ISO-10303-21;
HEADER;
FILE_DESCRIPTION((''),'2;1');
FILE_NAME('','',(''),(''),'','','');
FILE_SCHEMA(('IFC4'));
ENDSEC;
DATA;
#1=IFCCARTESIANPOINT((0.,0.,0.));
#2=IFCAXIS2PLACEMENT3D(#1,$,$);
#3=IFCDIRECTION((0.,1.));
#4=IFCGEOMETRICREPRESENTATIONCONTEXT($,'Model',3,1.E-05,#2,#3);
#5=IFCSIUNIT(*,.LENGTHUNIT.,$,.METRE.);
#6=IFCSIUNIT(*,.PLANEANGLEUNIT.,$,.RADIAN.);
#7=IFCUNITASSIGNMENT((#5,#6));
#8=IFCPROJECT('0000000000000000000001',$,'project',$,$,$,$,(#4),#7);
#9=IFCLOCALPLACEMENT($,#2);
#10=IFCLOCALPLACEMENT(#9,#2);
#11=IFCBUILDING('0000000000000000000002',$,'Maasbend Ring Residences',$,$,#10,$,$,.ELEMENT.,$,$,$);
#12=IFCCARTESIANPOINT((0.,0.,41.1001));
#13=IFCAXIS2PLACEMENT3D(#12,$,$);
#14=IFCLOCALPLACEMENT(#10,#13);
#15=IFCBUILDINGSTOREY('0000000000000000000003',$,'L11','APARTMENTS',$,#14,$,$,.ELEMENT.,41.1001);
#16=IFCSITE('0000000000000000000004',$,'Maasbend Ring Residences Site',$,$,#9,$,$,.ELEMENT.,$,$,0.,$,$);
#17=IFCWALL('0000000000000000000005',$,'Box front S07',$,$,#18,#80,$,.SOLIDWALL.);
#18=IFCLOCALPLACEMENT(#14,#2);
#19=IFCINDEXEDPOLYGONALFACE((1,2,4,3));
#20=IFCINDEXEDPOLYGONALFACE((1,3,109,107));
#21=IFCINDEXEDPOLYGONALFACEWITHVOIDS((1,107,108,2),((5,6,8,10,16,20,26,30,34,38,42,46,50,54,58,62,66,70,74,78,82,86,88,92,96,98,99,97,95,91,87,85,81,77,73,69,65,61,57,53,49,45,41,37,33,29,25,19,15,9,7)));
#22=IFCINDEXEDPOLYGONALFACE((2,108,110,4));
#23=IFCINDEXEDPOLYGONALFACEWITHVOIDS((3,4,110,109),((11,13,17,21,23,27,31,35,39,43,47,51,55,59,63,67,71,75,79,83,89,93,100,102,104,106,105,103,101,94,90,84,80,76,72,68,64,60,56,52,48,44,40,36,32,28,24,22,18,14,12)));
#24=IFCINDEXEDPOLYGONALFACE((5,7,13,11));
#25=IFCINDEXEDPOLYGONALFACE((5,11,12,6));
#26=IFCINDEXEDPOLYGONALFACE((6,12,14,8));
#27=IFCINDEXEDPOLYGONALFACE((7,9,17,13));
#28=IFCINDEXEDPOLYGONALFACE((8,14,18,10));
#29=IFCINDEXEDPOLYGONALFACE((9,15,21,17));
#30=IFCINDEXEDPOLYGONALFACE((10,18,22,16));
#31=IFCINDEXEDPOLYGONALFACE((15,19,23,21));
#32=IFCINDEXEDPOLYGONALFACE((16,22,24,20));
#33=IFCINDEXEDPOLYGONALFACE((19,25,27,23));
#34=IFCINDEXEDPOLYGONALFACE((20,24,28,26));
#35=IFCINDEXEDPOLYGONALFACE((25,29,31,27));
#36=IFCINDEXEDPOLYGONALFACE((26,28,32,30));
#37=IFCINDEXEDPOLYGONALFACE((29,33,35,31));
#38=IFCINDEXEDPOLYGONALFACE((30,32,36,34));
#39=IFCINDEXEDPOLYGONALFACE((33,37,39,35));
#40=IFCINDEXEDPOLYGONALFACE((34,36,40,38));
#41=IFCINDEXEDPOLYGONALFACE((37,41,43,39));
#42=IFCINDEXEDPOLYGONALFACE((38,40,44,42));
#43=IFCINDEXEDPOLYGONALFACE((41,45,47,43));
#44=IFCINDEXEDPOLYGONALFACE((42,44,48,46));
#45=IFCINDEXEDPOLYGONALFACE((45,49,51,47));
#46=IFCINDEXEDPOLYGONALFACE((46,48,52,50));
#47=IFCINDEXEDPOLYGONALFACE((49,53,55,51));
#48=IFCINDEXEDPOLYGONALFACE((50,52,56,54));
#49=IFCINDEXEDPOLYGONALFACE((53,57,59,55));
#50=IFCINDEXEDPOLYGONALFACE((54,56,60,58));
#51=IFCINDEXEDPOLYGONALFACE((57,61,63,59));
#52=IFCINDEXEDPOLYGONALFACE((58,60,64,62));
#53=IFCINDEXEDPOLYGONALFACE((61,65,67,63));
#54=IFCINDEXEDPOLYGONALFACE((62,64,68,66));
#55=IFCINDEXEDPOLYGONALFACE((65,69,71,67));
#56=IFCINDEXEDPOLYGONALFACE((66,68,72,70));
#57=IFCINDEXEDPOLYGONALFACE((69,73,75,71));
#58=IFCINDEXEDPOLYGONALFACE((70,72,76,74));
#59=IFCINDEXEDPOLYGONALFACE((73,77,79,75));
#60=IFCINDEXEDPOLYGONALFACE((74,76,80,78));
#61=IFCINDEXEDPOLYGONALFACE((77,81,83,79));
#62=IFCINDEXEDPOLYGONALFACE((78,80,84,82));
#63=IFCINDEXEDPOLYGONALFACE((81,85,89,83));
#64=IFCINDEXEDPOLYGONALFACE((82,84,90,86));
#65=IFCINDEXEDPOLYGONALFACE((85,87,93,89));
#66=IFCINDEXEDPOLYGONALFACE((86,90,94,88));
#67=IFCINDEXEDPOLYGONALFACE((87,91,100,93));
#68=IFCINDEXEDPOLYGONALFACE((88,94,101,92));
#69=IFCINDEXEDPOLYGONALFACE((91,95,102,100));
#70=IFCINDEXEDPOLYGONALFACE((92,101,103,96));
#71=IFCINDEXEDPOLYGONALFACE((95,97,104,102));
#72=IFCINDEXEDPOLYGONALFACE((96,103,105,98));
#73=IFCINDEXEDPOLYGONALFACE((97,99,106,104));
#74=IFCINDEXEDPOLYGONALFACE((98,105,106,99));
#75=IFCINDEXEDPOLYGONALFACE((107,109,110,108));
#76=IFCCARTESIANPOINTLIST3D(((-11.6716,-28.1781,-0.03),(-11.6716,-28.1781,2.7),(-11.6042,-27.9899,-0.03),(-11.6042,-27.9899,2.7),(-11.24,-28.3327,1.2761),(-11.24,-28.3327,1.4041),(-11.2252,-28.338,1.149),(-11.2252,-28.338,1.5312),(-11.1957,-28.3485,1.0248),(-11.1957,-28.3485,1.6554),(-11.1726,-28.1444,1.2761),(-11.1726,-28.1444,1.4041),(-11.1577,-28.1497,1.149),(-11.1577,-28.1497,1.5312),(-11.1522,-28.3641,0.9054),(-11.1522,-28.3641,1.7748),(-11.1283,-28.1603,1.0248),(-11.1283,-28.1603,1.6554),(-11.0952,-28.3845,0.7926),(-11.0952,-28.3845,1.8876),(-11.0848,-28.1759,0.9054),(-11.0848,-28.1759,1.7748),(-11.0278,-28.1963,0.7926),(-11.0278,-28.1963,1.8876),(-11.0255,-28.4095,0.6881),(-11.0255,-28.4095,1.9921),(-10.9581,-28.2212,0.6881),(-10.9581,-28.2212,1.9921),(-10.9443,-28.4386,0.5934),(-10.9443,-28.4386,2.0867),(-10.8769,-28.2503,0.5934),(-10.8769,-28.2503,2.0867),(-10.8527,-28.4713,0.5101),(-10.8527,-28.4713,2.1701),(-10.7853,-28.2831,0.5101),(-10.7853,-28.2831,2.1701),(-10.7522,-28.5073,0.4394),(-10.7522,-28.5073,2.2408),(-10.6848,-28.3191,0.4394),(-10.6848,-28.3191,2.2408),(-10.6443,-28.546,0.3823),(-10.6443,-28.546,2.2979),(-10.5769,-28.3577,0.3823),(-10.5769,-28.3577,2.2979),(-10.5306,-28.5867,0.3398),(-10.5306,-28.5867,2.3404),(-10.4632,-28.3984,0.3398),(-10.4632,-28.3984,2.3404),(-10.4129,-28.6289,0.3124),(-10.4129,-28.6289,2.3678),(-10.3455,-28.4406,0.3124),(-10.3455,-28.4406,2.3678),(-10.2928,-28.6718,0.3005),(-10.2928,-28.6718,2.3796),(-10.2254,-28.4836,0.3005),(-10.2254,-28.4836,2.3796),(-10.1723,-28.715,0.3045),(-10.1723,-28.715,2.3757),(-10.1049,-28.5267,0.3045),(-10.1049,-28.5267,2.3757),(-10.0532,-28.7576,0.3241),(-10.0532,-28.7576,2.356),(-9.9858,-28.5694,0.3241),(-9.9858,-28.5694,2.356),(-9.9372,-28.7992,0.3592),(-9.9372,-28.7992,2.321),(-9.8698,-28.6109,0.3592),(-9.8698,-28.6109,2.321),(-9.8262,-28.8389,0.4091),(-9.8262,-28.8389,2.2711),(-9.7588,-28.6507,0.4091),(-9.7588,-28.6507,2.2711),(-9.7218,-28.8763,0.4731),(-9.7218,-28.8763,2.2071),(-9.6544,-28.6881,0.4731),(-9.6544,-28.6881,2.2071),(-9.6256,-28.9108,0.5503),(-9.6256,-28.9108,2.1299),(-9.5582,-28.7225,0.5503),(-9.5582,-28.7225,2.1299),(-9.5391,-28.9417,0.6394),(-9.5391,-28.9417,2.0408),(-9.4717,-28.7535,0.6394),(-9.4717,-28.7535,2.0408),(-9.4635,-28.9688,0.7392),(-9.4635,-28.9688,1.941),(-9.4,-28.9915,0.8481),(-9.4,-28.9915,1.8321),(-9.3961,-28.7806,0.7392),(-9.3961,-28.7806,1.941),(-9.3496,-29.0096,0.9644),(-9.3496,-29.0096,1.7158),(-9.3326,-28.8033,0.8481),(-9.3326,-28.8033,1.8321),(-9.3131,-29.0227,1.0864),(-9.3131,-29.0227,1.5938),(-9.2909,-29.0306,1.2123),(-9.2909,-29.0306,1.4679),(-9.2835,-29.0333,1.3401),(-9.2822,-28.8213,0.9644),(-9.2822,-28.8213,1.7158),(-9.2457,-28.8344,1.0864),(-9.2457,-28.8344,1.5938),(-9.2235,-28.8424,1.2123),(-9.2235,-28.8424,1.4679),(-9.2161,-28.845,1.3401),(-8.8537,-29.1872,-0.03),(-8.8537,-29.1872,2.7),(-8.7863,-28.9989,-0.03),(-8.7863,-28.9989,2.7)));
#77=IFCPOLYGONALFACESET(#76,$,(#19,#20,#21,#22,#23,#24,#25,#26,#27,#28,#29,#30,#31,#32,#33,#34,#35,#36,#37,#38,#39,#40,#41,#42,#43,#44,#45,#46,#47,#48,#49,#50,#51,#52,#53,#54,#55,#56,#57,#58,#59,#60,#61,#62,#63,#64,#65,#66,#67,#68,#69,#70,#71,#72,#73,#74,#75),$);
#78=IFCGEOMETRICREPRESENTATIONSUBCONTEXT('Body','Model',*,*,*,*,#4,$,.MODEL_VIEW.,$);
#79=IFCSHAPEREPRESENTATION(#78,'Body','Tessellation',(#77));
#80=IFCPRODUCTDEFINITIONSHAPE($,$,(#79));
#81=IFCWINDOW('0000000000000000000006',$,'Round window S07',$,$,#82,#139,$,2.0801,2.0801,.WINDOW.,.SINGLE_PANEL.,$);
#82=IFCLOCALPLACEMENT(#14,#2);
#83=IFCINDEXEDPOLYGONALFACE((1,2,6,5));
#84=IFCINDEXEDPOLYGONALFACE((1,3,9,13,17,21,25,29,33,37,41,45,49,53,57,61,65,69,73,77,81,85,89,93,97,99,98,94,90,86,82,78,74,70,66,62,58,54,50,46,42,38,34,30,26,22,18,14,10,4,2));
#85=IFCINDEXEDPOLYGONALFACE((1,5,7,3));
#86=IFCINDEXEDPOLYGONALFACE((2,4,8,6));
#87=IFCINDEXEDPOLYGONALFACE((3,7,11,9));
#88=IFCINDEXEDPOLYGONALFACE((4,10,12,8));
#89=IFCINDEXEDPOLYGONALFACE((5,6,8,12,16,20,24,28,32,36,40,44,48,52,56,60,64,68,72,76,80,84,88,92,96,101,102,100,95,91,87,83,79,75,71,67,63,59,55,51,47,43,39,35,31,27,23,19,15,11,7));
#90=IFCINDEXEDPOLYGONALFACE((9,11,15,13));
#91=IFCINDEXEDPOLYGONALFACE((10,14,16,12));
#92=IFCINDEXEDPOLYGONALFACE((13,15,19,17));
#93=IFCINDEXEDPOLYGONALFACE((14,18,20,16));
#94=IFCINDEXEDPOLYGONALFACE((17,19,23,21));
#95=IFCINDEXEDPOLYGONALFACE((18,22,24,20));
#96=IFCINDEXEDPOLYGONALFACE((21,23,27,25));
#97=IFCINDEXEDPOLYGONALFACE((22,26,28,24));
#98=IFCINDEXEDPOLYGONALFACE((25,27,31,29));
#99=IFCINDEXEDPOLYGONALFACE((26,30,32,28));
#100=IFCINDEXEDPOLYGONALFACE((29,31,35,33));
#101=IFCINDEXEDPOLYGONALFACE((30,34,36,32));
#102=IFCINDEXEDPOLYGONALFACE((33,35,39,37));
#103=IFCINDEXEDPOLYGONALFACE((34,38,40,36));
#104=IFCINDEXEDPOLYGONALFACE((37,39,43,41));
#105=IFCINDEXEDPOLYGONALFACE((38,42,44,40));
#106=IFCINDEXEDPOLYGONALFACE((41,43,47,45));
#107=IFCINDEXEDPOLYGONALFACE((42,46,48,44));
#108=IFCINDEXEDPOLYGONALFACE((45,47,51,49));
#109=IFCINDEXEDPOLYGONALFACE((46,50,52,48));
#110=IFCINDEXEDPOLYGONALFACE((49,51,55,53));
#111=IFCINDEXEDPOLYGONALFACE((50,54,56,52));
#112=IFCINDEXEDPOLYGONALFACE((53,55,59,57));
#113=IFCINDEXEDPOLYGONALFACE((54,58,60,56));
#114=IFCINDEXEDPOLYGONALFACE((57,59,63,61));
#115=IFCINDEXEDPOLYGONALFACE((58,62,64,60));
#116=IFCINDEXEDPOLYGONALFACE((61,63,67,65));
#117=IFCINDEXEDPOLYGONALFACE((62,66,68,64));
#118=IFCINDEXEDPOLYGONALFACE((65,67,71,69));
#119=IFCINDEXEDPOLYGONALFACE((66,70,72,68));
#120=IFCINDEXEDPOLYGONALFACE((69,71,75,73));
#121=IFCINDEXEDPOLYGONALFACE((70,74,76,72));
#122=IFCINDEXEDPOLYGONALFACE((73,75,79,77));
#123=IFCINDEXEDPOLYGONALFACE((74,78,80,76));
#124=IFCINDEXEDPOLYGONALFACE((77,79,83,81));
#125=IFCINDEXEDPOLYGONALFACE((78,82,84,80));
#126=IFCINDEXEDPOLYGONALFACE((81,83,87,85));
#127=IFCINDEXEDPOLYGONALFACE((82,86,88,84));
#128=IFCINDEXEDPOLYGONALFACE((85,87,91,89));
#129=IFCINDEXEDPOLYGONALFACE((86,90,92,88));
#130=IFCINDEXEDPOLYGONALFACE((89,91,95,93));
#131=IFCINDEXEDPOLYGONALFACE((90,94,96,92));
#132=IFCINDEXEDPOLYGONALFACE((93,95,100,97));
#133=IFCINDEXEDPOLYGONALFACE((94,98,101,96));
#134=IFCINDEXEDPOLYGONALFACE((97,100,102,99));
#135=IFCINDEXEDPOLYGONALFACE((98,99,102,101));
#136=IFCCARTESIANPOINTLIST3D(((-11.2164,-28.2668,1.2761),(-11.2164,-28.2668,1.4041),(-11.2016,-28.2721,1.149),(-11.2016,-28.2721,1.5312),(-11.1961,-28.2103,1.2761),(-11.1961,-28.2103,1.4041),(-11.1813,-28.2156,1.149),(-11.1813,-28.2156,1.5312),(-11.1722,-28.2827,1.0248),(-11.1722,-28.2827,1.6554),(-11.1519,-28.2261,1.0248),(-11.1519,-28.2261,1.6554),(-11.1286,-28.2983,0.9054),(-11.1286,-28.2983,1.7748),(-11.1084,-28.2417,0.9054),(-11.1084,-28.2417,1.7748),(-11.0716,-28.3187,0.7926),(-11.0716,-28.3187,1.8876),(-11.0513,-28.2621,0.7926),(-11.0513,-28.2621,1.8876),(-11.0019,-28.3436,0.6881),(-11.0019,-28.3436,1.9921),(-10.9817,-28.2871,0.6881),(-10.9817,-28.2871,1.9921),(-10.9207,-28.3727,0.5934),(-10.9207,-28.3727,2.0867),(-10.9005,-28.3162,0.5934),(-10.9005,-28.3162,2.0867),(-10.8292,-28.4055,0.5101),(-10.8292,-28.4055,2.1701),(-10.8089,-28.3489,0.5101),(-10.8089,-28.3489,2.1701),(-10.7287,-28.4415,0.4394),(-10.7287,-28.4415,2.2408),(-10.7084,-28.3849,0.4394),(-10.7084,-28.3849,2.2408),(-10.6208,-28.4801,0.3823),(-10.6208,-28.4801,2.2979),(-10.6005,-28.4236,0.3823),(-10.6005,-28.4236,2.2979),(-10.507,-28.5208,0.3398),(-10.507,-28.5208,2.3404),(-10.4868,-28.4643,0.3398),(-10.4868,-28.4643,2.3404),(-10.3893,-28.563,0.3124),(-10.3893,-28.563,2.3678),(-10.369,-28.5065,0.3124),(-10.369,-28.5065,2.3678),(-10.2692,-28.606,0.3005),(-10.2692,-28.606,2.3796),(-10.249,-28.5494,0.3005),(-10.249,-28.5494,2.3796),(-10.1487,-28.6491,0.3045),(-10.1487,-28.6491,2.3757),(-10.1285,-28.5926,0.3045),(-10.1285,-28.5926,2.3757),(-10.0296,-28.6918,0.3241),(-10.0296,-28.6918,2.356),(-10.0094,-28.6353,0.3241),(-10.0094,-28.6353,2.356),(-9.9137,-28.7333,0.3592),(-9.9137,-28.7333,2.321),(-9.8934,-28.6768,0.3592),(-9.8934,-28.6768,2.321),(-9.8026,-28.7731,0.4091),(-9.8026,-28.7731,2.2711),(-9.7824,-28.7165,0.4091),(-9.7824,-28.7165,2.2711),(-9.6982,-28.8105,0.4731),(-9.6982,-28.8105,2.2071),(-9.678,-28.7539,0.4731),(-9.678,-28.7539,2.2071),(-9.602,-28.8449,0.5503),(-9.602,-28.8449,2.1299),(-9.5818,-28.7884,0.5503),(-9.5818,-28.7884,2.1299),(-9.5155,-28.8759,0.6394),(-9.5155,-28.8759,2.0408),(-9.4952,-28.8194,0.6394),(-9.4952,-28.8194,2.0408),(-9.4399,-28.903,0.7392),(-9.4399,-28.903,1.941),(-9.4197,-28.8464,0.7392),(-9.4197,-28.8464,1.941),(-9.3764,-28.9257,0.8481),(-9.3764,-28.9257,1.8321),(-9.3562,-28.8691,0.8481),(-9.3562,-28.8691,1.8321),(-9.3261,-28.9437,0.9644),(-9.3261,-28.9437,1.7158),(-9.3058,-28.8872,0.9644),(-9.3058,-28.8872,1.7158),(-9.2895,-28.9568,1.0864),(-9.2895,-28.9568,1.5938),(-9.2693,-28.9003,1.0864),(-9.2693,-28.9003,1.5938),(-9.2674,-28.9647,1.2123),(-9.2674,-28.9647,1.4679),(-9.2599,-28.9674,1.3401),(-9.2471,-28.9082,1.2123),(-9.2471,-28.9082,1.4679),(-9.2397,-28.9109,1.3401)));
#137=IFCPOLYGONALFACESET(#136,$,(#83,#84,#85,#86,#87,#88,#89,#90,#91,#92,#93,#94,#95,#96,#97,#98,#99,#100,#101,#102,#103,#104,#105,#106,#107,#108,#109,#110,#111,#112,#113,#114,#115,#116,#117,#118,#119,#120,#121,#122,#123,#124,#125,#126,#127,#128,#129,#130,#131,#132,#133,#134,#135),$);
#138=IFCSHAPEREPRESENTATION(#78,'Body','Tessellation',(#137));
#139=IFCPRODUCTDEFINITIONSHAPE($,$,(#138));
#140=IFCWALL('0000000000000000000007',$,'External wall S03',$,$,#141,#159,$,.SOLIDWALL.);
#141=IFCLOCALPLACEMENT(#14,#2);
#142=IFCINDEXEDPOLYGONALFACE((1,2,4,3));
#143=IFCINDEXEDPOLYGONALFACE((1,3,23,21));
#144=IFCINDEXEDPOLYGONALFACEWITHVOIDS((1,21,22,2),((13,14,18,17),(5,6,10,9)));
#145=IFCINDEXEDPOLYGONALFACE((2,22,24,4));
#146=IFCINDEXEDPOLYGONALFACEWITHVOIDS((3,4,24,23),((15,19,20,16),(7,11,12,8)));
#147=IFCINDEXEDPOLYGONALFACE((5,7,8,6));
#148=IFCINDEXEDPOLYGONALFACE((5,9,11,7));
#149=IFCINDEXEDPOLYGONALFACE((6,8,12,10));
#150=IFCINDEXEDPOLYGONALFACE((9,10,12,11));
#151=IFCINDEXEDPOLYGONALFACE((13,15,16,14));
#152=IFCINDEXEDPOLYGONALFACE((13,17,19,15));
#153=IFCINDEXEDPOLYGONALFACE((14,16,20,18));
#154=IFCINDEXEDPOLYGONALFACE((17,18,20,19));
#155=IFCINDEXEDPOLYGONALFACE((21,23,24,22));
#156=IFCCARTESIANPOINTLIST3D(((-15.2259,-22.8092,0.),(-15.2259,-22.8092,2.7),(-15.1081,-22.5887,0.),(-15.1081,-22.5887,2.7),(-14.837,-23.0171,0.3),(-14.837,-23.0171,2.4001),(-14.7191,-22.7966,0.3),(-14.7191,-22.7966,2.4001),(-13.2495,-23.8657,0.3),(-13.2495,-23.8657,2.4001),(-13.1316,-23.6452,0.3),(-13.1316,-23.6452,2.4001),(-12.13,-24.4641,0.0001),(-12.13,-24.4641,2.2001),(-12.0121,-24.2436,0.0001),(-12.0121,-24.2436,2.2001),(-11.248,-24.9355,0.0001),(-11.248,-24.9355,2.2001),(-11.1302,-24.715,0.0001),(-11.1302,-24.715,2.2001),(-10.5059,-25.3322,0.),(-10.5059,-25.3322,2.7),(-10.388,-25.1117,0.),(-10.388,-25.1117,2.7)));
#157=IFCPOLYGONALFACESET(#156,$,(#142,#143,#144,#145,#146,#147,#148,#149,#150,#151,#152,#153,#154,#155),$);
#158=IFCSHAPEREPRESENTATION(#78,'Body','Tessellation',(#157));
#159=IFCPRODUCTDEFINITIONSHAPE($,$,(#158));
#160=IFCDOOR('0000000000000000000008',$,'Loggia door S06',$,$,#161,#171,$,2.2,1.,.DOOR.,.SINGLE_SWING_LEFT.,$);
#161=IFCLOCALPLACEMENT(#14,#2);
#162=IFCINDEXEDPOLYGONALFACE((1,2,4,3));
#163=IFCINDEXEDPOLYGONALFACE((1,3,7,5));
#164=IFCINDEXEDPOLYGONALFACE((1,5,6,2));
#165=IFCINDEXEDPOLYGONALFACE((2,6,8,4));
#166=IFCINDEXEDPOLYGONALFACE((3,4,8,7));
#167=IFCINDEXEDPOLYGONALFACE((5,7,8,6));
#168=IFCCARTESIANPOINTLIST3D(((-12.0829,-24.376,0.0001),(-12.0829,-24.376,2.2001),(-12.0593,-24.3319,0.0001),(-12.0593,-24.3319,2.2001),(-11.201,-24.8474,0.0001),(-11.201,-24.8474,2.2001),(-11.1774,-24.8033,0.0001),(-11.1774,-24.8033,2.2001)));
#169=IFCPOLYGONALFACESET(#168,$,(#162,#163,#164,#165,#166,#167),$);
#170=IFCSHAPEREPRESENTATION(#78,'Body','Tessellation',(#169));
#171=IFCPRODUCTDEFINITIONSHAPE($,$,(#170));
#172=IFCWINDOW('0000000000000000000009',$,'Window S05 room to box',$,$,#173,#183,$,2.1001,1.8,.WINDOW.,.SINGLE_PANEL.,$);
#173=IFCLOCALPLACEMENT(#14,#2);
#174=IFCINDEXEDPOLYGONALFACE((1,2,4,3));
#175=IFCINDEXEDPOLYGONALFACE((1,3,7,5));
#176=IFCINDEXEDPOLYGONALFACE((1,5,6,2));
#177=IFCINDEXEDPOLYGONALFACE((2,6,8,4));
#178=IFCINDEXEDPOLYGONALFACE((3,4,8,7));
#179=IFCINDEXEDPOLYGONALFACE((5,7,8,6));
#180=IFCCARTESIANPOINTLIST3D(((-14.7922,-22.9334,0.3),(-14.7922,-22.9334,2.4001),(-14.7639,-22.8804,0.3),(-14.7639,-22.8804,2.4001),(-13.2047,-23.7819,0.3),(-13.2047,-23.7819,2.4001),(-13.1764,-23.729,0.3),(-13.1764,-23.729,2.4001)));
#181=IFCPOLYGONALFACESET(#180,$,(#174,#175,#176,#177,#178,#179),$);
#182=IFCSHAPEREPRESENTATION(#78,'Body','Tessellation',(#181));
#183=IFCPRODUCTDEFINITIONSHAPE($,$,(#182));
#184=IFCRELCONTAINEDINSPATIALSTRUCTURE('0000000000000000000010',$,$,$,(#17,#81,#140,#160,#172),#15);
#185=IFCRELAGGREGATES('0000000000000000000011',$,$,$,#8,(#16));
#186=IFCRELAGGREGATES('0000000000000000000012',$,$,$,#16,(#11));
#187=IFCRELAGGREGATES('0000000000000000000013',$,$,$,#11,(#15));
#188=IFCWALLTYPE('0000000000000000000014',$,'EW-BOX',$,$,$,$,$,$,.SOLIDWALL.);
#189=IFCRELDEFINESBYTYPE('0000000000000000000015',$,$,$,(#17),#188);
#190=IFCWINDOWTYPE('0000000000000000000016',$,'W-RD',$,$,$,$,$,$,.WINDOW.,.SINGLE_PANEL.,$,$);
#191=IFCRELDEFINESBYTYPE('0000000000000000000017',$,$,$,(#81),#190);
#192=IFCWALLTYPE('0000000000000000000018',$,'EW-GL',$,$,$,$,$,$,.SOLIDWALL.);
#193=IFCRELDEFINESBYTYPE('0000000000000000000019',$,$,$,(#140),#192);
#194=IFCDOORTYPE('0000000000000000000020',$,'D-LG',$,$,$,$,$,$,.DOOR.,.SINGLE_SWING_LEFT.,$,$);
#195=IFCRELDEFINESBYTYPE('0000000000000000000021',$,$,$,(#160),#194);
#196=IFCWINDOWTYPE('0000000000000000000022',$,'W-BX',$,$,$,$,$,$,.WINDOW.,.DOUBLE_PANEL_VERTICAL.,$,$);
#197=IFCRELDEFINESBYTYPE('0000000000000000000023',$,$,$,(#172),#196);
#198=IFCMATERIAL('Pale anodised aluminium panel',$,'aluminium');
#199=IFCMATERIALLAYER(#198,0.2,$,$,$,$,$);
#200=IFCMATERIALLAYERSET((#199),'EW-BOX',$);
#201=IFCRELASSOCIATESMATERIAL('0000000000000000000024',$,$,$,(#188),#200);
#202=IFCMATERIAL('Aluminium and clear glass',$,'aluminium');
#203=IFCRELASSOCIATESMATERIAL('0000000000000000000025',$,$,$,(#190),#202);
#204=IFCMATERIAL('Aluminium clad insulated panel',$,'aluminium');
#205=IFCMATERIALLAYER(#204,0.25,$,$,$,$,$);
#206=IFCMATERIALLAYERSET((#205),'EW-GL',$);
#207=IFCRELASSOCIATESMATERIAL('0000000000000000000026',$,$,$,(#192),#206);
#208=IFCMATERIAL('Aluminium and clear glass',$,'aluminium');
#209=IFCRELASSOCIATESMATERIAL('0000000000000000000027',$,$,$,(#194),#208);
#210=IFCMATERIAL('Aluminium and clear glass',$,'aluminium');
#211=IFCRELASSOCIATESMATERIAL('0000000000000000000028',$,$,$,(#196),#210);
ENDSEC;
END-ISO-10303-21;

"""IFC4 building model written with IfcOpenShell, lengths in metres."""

from ifc_helpers import new_model, si_unit, direction, frame, frame_2d, origin, place, context, subcontext, project, spatial, rectangle, circle, extrude, material, layer, layer_set, type_object, element, fill, save


model = new_model("IFC4")

# Units and contexts
model_context = context("Model", 3, precision=1e-05, world=origin(), true_north=direction((0.0, 1.0)))
body_context = subcontext(model_context, "Body", "Model", "MODEL_VIEW")
ifc_project = project(units=[si_unit("LENGTHUNIT", "METRE"), si_unit("PLANEANGLEUNIT", "RADIAN")], contexts=[model_context])

# Site, building, storey
site_placement = place(None, origin())
site = spatial("IfcSite", under=ifc_project, at=site_placement, Name="Maasbend Ring Residences Site", CompositionType="ELEMENT", RefElevation=0.0)
building_placement = place(site_placement, origin())
building = spatial("IfcBuilding", under=site, at=building_placement, Name="Maasbend Ring Residences", CompositionType="ELEMENT")
storey_placement = place(building_placement, frame((0.0, 0.0, 41.1001)))
storey = spatial("IfcBuildingStorey", under=building, at=storey_placement, Name="L11", Description="APARTMENTS", CompositionType="ELEMENT", Elevation=41.1001)

# Shared definitions
ifc_material_1 = material(Name="Pale anodised aluminium panel", Category="aluminium")
ifc_layer_1 = layer(ifc_material_1, 0.2)
ifc_layer_set_1 = layer_set([ifc_layer_1], Name="EW-BOX")
wall_type_1 = type_object("IfcWallType", Name="EW-BOX", PredefinedType="SOLIDWALL", material=ifc_layer_set_1)
ifc_material_2 = material(Name="Aluminium and clear glass", Category="aluminium")
window_type_1 = type_object("IfcWindowType", Name="W-RD", PartitioningType="SINGLE_PANEL", PredefinedType="WINDOW", material=ifc_material_2)

# Wall, opening, window
wall_1_placement = place(storey_placement, frame((-11.6379, -28.084, -0.03), z_axis=(0.0, 0.0, 1.0), x_axis=(0.941461, -0.337122, 0.0)))
wall_1 = element("IfcWall", 1, at=wall_1_placement, inside=storey, type_object=wall_type_1, Name="Box front S07", PredefinedType="SOLIDWALL", context=body_context, shape_type="SweptSolid", body=[
    extrude(rectangle(XDim=2.9932, YDim=0.2, at=frame_2d((1.4966, 0.0))), origin(), (0.0, 0.0, 1.0), 2.73),
])
opening_1_placement = place(wall_1_placement, frame((0.4565, 0.0, 0.3301)))
opening_1 = element("IfcOpeningElement", 2, at=opening_1_placement, cuts=wall_1, PredefinedType="OPENING", context=body_context, shape_type="SweptSolid", body=[
    extrude(circle(Radius=1.04, at=frame_2d((1.04, 1.04))), frame((0.0, 0.1099, 0.0), z_axis=(0.0, -1.0, 0.0), x_axis=(1.0, 0.0, 0.0)), (0.0, 0.0, 1.0), 0.22),
])
window_1_placement = place(opening_1_placement, origin())
window_1 = element("IfcWindow", 3, at=window_1_placement, inside=storey, type_object=window_type_1, Name="Round window S07", OverallHeight=2.0801, OverallWidth=2.0801, PartitioningType="SINGLE_PANEL", PredefinedType="WINDOW", context=body_context, shape_type="SweptSolid", body=[
    extrude(circle(Radius=1.04, at=frame_2d((1.04, 1.04))), frame((0.0, 0.03, 0.0), z_axis=(0.0, -1.0, 0.0), x_axis=(1.0, 0.0, 0.0)), (0.0, 0.0, 1.0), 0.0601),
])
fill(opening_1, window_1)

# Wall, openings, door, window
ifc_material_3 = material(Name="Aluminium clad insulated panel", Category="aluminium")
ifc_layer_2 = layer(ifc_material_3, 0.25)
ifc_layer_set_2 = layer_set([ifc_layer_2], Name="EW-GL")
wall_type_2 = type_object("IfcWallType", Name="EW-GL", PredefinedType="SOLIDWALL", material=ifc_layer_set_2)
wall_2_placement = place(storey_placement, frame((-15.167, -22.699, 0.0), z_axis=(0.0, 0.0, 1.0), x_axis=(0.881916, -0.471407, 0.0)))
wall_2 = element("IfcWall", 4, at=wall_2_placement, inside=storey, type_object=wall_type_2, Name="External wall S03", PredefinedType="SOLIDWALL", context=body_context, shape_type="SweptSolid", body=[
    extrude(rectangle(XDim=5.3521, YDim=0.25, at=frame_2d((2.676, 0.0))), origin(), (0.0, 0.0, 1.0), 2.7),
])
opening_2_placement = place(wall_2_placement, frame((0.4412, 0.0, 0.3)))
opening_2 = element("IfcOpeningElement", 5, at=opening_2_placement, cuts=wall_2, PredefinedType="OPENING", context=body_context, shape_type="SweptSolid", body=[
    extrude(rectangle(XDim=1.8, YDim=2.1001, at=frame_2d((0.8999, 1.05))), frame((0.0, 0.135, 0.0), z_axis=(0.0, -1.0, 0.0), x_axis=(1.0, 0.0, 0.0)), (0.0, 0.0, 1.0), 0.27),
])
opening_3_placement = place(wall_2_placement, frame((3.5105, 0.0, 0.0)))
opening_3 = element("IfcOpeningElement", 6, at=opening_3_placement, cuts=wall_2, PredefinedType="OPENING", context=body_context, shape_type="SweptSolid", body=[
    extrude(rectangle(XDim=1.0, YDim=2.2, at=frame_2d((0.5, 1.1001))), frame((0.0, 0.135, 0.0), z_axis=(0.0, -1.0, 0.0), x_axis=(1.0, 0.0, 0.0)), (0.0, 0.0, 1.0), 0.27),
])
ifc_material_4 = material(Name="Aluminium and clear glass", Category="aluminium")
door_type_1 = type_object("IfcDoorType", Name="D-LG", OperationType="SINGLE_SWING_LEFT", PredefinedType="DOOR", material=ifc_material_4)
door_1_placement = place(opening_3_placement, origin())
door_1 = element("IfcDoor", 7, at=door_1_placement, inside=storey, type_object=door_type_1, Name="Loggia door S06", OperationType="SINGLE_SWING_LEFT", OverallHeight=2.2, OverallWidth=1.0, PredefinedType="DOOR", context=body_context, shape_type="SweptSolid", body=[
    extrude(rectangle(XDim=1.0, YDim=2.2, at=frame_2d((0.5, 1.1001))), frame((0.0, 0.0249, 0.0), z_axis=(0.0, -1.0, 0.0), x_axis=(1.0, 0.0, 0.0)), (0.0, 0.0, 1.0), 0.05),
])
fill(opening_3, door_1)
ifc_material_5 = material(Name="Aluminium and clear glass", Category="aluminium")
window_type_2 = type_object("IfcWindowType", Name="W-BX", PartitioningType="DOUBLE_PANEL_VERTICAL", PredefinedType="WINDOW", material=ifc_material_5)
window_2_placement = place(opening_2_placement, origin())
window_2 = element("IfcWindow", 8, at=window_2_placement, inside=storey, type_object=window_type_2, Name="Window S05 room to box", OverallHeight=2.1001, OverallWidth=1.8, PartitioningType="SINGLE_PANEL", PredefinedType="WINDOW", context=body_context, shape_type="SweptSolid", body=[
    extrude(rectangle(XDim=1.8, YDim=2.1001, at=frame_2d((0.8999, 1.05))), frame((0.0, 0.03, 0.0), z_axis=(0.0, -1.0, 0.0), x_axis=(1.0, 0.0, 0.0)), (0.0, 0.0, 1.0), 0.0601),
])
fill(opening_2, window_2)

save(model, "model.ifc")
